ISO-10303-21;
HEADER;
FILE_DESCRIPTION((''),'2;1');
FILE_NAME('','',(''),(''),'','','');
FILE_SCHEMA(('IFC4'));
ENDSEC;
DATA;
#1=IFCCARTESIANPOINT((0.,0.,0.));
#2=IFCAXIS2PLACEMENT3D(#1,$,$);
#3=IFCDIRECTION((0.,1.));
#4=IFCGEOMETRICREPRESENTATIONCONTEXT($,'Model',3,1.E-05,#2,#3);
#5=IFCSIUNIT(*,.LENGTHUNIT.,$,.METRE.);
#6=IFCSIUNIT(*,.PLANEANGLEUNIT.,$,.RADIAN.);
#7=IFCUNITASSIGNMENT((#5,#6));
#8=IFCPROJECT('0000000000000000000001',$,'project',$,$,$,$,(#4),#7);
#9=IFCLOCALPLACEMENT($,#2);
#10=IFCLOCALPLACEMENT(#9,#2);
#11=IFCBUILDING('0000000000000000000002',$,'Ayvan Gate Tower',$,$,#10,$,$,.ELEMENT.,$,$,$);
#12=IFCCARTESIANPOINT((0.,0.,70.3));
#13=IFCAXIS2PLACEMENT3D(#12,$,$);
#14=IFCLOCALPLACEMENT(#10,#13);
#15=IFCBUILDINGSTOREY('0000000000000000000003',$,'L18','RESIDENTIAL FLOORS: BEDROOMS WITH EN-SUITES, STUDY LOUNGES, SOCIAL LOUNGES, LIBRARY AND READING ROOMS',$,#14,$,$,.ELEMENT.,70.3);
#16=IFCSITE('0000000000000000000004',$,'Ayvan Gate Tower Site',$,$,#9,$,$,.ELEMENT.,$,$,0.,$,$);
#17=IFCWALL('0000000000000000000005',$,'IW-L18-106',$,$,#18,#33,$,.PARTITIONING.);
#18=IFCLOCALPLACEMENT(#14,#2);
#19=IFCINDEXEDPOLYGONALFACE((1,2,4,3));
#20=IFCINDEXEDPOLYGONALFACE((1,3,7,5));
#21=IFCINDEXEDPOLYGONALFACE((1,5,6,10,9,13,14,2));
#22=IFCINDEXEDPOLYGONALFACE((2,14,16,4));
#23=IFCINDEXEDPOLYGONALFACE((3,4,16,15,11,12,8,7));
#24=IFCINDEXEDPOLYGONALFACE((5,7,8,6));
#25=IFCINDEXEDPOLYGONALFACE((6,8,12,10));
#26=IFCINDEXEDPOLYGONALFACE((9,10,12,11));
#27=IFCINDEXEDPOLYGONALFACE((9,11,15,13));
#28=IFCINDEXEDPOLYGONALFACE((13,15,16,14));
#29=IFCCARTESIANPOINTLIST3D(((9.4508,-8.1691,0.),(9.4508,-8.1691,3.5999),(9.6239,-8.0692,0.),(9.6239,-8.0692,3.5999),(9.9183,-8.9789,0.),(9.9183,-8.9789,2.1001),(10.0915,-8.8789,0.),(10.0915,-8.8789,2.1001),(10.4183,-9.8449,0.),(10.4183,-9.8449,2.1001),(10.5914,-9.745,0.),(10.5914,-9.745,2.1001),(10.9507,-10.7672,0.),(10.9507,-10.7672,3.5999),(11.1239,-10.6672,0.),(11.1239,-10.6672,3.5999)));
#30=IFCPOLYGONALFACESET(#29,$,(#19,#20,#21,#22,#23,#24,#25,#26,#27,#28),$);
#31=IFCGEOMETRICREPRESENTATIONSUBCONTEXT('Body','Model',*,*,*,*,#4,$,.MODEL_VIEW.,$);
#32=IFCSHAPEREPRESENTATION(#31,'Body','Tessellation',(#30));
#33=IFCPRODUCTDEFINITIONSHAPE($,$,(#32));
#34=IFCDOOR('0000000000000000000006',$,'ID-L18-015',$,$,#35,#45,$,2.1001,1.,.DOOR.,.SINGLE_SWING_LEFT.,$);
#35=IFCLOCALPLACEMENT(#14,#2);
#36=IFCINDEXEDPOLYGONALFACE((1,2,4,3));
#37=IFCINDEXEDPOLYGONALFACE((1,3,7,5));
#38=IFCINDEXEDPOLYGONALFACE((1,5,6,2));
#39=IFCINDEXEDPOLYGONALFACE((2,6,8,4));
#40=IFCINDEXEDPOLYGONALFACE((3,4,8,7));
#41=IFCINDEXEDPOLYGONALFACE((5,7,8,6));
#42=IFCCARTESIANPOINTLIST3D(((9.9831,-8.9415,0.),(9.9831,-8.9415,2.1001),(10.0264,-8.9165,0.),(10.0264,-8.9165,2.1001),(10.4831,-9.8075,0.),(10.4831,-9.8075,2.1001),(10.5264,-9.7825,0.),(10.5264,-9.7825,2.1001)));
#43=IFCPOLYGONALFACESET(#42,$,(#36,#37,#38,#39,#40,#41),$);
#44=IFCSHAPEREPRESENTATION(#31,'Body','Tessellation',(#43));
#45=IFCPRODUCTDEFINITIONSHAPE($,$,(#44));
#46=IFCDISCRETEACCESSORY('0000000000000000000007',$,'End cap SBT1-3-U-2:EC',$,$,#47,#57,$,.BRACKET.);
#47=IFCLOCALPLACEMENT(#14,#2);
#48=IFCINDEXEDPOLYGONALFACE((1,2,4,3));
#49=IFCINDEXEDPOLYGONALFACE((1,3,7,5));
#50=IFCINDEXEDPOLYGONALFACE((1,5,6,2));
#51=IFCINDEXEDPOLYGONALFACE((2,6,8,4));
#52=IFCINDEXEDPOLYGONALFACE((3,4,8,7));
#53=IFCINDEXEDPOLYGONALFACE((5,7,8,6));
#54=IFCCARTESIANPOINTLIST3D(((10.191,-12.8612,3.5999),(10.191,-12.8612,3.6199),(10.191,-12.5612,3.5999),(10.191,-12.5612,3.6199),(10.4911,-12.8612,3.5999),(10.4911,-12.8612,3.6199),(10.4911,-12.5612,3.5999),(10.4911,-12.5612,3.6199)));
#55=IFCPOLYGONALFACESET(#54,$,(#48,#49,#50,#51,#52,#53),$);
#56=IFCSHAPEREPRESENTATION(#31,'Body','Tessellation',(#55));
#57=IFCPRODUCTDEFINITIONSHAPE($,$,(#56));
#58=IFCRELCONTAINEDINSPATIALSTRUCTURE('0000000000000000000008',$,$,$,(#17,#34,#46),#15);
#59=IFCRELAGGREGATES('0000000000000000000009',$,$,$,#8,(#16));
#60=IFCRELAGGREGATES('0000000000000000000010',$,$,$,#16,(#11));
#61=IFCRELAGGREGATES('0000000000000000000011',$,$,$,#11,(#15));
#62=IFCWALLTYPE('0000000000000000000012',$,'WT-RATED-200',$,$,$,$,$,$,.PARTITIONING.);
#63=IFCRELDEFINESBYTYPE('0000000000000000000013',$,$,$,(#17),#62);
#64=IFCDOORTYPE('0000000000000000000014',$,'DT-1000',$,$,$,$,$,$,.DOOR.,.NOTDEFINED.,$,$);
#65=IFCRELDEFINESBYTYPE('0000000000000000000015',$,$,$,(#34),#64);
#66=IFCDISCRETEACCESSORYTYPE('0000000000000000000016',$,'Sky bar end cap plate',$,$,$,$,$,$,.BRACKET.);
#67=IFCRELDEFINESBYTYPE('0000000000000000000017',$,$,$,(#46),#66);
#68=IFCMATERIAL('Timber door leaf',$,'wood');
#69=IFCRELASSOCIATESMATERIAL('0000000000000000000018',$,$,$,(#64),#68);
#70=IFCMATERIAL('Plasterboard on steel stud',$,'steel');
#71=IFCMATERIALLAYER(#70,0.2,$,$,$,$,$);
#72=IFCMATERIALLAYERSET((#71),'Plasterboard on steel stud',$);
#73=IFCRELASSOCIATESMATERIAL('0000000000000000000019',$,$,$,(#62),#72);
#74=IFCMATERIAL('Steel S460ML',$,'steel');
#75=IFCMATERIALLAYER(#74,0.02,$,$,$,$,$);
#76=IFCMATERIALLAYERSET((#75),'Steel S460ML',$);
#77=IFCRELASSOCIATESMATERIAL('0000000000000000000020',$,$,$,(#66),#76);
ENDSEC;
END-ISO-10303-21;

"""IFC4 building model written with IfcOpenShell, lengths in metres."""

from ifc_helpers import new_model, si_unit, direction, frame, frame_2d, origin, origin_2d, place, context, subcontext, project, spatial, rectangle, extrude, material, layer, layer_set, type_object, element, fill, save


model = new_model("IFC4")

# Units and contexts
model_context = context("Model", 3, precision=1e-05, world=origin(), true_north=direction((0.0, 1.0)))
body_context = subcontext(model_context, "Body", "Model", "MODEL_VIEW")
ifc_project = project(units=[si_unit("LENGTHUNIT", "METRE"), si_unit("PLANEANGLEUNIT", "RADIAN")], contexts=[model_context])

# Site, building, storey
site_placement = place(None, origin())
site = spatial("IfcSite", under=ifc_project, at=site_placement, Name="Ayvan Gate Tower Site", CompositionType="ELEMENT", RefElevation=0.0)
building_placement = place(site_placement, origin())
building = spatial("IfcBuilding", under=site, at=building_placement, Name="Ayvan Gate Tower", CompositionType="ELEMENT")
storey_placement = place(building_placement, frame((0.0, 0.0, 70.3)))
storey = spatial("IfcBuildingStorey", under=building, at=storey_placement, Name="L18", Description="RESIDENTIAL FLOORS: BEDROOMS WITH EN-SUITES, STUDY LOUNGES, SOCIAL LOUNGES, LIBRARY AND READING ROOMS", CompositionType="ELEMENT", Elevation=70.3)

# Shared definitions
ifc_material_1 = material(Name="Plasterboard on steel stud", Category="steel")
ifc_material_2 = material(Name="Timber door leaf", Category="wood")

# Shared definitions
door_type_1 = type_object("IfcDoorType", Name="DT-1000", OperationType="NOTDEFINED", PredefinedType="DOOR", material=ifc_material_2)

# Shared definitions
ifc_layer_1 = layer(ifc_material_1, 0.2)
ifc_layer_set_1 = layer_set([ifc_layer_1], Name="Plasterboard on steel stud")
wall_type_1 = type_object("IfcWallType", Name="WT-RATED-200", PredefinedType="PARTITIONING", material=ifc_layer_set_1)

# Wall, opening, door
wall_1_placement = place(storey_placement, frame((9.5374, -8.1191, 0.0), z_axis=(0.0, 0.0, 1.0), x_axis=(0.49999, -0.866031, 0.0)))
wall_1 = element("IfcWall", 1, at=wall_1_placement, inside=storey, type_object=wall_type_1, Name="IW-L18-106", PredefinedType="PARTITIONING", context=body_context, shape_type="SweptSolid", body=[
    extrude(rectangle(XDim=3.0, YDim=0.2, at=frame_2d((1.5, 0.0))), origin(), (0.0, 0.0, 1.0), 3.5999),
])
opening_1_placement = place(wall_1_placement, frame((0.9351, 0.0, 0.0)))
opening_1 = element("IfcOpeningElement", 2, at=opening_1_placement, cuts=wall_1, PredefinedType="OPENING", context=body_context, shape_type="SweptSolid", body=[
    extrude(rectangle(XDim=1.0, YDim=2.1001, at=frame_2d((0.5, 1.05))), frame((0.0, 0.1099, 0.0), z_axis=(0.0, -1.0, 0.0), x_axis=(1.0, 0.0, 0.0)), (0.0, 0.0, 1.0), 0.22),
])
door_1_placement = place(opening_1_placement, origin())
door_1 = element("IfcDoor", 3, at=door_1_placement, inside=storey, type_object=door_type_1, Name="ID-L18-015", OperationType="SINGLE_SWING_LEFT", OverallHeight=2.1001, OverallWidth=1.0, PredefinedType="DOOR", context=body_context, shape_type="SweptSolid", body=[
    extrude(rectangle(XDim=1.0, YDim=2.1001, at=frame_2d((0.5, 1.05))), frame((0.0, 0.0249, 0.0), z_axis=(0.0, -1.0, 0.0), x_axis=(1.0, 0.0, 0.0)), (0.0, 0.0, 1.0), 0.05),
])
fill(opening_1, door_1)

# Discrete accessory
ifc_material_3 = material(Name="Steel S460ML", Category="steel")
ifc_layer_2 = layer(ifc_material_3, 0.02)
ifc_layer_set_2 = layer_set([ifc_layer_2], Name="Steel S460ML")
discrete_accessory_type = type_object("IfcDiscreteAccessoryType", Name="Sky bar end cap plate", PredefinedType="BRACKET", material=ifc_layer_set_2)
discrete_accessory_placement = place(storey_placement, frame((10.3411, -12.7112, 3.5999), z_axis=(0.0, 0.0, 1.0), x_axis=(1.0, 0.0, 0.0)))
element("IfcDiscreteAccessory", 4, at=discrete_accessory_placement, inside=storey, type_object=discrete_accessory_type, Name="End cap SBT1-3-U-2:EC", PredefinedType="BRACKET", context=body_context, shape_type="SweptSolid", body=[
    extrude(rectangle(XDim=0.3, YDim=0.3, at=origin_2d()), origin(), (0.0, 0.0, 1.0), 0.02),
])

save(model, "model.ifc")
